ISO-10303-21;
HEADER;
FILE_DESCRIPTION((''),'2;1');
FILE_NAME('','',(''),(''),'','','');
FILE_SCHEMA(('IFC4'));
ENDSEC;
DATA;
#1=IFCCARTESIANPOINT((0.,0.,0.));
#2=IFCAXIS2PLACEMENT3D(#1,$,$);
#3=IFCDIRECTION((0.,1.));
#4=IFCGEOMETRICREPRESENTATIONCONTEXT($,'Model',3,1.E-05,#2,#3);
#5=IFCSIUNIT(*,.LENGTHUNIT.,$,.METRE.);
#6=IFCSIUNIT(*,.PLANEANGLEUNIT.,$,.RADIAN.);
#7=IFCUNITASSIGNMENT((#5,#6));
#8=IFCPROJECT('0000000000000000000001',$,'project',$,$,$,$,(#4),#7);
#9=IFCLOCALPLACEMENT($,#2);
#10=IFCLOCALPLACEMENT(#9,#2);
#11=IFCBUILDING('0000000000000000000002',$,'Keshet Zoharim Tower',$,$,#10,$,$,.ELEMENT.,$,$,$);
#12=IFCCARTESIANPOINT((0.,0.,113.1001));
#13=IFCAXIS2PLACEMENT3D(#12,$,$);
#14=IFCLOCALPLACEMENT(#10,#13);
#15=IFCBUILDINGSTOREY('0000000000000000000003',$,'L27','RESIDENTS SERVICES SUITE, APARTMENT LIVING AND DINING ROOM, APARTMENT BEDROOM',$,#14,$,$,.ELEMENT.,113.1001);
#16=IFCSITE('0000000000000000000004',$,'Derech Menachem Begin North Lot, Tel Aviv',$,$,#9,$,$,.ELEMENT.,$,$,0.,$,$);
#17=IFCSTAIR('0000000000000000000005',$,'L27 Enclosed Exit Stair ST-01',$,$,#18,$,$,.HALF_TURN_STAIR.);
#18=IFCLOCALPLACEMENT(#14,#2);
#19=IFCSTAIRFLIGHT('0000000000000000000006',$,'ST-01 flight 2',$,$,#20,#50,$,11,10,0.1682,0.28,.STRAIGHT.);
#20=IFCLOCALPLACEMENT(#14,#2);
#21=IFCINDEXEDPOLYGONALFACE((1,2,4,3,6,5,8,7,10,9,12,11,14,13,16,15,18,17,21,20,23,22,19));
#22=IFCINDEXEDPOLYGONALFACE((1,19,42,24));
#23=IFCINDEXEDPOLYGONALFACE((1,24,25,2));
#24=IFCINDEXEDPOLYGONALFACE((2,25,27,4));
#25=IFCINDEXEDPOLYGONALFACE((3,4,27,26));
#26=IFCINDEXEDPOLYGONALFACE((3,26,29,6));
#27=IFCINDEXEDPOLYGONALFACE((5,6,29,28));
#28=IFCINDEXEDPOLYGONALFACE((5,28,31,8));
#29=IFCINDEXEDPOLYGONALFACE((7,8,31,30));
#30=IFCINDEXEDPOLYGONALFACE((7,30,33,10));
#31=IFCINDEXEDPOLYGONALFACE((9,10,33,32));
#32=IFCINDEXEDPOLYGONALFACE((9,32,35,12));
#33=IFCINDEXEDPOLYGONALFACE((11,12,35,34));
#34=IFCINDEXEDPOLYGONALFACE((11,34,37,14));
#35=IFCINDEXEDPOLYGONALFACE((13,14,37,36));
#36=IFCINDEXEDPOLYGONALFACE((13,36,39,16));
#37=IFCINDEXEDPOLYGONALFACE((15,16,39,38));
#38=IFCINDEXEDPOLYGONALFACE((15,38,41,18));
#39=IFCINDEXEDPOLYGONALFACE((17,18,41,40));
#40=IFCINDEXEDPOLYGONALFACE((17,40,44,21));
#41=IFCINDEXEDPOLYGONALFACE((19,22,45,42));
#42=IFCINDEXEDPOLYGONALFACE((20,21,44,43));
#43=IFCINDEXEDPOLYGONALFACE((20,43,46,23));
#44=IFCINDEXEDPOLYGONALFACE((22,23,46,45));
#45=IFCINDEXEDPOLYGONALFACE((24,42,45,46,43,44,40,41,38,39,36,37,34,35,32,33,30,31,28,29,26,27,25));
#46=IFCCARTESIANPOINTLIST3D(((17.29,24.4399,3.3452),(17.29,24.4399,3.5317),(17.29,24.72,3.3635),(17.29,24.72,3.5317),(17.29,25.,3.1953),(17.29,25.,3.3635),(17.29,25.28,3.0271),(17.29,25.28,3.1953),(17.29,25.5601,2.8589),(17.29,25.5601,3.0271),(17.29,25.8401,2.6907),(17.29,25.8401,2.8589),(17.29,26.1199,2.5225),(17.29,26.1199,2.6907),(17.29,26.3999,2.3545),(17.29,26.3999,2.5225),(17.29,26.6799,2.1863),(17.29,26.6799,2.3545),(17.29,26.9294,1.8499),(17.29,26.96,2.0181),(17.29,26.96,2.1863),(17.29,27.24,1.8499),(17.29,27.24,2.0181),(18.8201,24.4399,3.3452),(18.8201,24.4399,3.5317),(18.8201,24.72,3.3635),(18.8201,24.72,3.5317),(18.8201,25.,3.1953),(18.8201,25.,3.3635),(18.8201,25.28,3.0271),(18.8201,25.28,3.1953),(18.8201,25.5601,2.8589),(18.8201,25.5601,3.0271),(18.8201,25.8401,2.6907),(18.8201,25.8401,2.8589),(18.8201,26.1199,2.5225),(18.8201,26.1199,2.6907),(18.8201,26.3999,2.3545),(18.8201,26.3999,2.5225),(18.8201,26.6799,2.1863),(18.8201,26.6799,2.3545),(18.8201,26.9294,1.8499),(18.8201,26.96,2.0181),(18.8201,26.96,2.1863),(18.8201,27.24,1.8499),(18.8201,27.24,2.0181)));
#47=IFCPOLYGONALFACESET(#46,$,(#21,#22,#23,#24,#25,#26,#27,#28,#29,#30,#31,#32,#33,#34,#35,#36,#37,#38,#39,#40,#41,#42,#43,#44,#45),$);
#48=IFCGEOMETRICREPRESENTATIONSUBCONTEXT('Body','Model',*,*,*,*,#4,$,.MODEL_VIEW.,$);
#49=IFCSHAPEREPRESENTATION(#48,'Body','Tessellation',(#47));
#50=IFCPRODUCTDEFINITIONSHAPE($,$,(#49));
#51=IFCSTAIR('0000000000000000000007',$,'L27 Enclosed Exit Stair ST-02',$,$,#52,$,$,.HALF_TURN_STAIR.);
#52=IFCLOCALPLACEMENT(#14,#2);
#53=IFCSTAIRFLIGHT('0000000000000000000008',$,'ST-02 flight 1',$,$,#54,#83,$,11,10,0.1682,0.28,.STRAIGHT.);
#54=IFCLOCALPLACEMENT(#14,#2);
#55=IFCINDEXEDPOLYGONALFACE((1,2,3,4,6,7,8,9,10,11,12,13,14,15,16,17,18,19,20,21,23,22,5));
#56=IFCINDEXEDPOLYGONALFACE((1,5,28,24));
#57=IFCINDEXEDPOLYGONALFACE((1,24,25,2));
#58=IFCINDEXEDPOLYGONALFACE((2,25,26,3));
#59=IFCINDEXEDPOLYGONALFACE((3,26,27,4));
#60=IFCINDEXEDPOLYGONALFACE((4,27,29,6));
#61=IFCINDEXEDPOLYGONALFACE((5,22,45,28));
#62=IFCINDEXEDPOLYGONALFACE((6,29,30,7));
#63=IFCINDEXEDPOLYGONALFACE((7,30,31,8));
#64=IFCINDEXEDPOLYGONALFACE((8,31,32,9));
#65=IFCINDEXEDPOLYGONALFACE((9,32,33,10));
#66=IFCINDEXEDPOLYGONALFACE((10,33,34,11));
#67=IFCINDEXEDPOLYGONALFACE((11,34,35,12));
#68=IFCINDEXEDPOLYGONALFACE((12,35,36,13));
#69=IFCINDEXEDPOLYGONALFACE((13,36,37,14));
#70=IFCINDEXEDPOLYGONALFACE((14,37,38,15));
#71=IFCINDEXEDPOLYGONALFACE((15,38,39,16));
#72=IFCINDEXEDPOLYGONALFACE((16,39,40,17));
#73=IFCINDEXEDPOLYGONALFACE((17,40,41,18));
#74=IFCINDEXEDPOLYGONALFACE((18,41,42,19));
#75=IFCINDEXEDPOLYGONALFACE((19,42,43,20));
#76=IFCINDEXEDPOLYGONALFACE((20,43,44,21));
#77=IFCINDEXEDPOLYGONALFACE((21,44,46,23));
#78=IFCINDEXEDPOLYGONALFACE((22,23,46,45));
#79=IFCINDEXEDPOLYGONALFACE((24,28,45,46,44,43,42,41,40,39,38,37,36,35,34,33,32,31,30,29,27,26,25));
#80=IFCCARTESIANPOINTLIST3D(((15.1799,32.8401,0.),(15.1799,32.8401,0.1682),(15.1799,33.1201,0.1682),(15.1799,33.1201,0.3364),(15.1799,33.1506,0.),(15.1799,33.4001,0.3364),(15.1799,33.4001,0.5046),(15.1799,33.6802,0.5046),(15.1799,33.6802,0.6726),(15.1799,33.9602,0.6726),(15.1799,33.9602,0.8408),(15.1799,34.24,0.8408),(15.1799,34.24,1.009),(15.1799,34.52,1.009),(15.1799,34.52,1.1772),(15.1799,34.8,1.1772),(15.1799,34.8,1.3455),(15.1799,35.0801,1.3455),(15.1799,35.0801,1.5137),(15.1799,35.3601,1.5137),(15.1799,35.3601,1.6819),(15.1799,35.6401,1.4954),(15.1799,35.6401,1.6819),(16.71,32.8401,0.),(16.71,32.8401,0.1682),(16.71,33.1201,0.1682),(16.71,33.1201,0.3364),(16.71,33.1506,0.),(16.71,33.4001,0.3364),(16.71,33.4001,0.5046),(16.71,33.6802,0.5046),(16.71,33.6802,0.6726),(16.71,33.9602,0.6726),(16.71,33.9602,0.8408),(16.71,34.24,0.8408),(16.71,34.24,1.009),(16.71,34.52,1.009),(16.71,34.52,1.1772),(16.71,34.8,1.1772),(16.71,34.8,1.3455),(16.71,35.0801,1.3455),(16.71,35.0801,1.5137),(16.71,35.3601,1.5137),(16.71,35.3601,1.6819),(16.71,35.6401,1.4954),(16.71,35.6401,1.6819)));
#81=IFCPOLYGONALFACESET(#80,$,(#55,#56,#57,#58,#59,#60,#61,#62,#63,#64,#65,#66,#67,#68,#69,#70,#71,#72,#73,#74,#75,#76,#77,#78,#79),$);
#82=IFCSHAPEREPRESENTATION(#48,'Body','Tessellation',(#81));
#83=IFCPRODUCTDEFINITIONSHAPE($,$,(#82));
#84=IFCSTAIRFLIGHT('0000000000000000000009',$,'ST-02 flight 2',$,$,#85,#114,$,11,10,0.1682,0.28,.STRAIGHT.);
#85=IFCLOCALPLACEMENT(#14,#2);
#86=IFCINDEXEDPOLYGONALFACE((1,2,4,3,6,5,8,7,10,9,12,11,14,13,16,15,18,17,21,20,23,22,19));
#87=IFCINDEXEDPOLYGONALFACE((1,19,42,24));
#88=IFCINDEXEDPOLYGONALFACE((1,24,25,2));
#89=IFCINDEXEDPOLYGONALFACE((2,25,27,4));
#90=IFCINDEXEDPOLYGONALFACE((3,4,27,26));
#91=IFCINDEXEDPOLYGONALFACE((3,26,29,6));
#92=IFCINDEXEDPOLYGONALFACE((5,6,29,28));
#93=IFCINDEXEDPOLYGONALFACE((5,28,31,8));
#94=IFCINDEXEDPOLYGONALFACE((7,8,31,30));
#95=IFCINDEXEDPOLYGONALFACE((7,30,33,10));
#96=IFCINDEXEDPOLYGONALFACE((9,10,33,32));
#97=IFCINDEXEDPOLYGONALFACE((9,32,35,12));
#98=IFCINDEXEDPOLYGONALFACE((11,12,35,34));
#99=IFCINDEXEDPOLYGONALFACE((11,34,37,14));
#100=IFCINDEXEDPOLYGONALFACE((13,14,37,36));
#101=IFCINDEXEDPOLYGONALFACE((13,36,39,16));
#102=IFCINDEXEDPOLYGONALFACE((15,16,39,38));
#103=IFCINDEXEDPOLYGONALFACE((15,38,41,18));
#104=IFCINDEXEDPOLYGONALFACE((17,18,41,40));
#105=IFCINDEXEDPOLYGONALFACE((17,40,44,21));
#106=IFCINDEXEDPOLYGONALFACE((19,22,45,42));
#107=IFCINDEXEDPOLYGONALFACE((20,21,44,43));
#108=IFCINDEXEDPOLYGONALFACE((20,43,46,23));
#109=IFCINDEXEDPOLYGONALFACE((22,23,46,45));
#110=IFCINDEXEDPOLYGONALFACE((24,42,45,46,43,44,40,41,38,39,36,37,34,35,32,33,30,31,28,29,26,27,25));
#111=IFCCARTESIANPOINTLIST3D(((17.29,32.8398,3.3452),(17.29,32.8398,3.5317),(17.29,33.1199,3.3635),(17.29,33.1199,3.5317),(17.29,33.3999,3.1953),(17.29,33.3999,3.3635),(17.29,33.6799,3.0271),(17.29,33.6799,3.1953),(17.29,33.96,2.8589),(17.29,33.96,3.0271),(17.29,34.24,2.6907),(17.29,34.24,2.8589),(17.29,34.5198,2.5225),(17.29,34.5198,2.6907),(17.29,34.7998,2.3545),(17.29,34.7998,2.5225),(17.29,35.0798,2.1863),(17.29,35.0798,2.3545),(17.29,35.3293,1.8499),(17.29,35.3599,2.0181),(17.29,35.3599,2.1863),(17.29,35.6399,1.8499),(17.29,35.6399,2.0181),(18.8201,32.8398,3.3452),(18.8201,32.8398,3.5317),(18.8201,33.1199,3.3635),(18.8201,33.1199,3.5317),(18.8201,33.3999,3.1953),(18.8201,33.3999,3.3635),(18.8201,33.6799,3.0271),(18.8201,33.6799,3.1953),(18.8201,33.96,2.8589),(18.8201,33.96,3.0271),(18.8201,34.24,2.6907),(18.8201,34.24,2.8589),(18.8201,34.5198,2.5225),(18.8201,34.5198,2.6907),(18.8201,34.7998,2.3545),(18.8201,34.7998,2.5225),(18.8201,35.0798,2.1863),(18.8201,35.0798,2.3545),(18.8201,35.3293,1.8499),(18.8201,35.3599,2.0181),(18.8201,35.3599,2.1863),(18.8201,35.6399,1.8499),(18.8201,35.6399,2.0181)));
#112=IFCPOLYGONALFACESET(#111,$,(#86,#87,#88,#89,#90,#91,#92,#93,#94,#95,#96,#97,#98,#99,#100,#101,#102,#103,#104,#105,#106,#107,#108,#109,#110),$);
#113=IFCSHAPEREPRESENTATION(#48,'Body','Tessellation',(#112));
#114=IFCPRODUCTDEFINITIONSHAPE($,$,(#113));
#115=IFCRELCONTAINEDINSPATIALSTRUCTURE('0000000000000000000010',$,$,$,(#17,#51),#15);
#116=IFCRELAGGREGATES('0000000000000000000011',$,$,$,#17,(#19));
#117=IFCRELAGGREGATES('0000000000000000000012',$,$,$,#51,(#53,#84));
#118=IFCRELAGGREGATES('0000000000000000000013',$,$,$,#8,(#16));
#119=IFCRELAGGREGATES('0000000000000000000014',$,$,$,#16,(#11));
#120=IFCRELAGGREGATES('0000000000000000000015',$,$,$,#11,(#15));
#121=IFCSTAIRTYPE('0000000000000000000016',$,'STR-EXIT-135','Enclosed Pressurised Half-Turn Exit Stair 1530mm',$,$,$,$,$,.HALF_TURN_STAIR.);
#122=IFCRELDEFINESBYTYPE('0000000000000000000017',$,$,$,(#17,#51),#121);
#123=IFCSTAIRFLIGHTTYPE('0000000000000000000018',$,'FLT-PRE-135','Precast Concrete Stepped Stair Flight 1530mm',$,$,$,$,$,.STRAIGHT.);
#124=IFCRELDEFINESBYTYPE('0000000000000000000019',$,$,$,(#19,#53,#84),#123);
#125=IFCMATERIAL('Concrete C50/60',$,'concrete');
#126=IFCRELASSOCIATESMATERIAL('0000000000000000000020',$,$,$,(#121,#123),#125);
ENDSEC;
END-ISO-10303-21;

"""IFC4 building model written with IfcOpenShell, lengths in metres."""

from ifc_helpers import new_model, si_unit, direction, frame, origin, place, context, subcontext, project, spatial, polyline, outline, extrude, material, type_object, element, aggregate, save


model = new_model("IFC4")

# Units and contexts
model_context = context("Model", 3, precision=1e-05, world=origin(), true_north=direction((0.0, 1.0)))
body_context = subcontext(model_context, "Body", "Model", "MODEL_VIEW")
ifc_project = project(units=[si_unit("LENGTHUNIT", "METRE"), si_unit("PLANEANGLEUNIT", "RADIAN")], contexts=[model_context])

# Site, building, storey
site_placement = place(None, origin())
site = spatial("IfcSite", under=ifc_project, at=site_placement, Name="Derech Menachem Begin North Lot, Tel Aviv", CompositionType="ELEMENT", RefElevation=0.0)
building_placement = place(site_placement, origin())
building = spatial("IfcBuilding", under=site, at=building_placement, Name="Keshet Zoharim Tower", CompositionType="ELEMENT")
storey_placement = place(building_placement, frame((0.0, 0.0, 113.1001)))
storey = spatial("IfcBuildingStorey", under=building, at=storey_placement, Name="L27", Description="RESIDENTS SERVICES SUITE, APARTMENT LIVING AND DINING ROOM, APARTMENT BEDROOM", CompositionType="ELEMENT", Elevation=113.1001)

# Shared definitions
ifc_material_1 = material(Name="Concrete C50/60", Category="concrete")

# Stair, stair flight
stair_type = type_object("IfcStairType", Name="STR-EXIT-135", Description="Enclosed Pressurised Half-Turn Exit Stair 1530mm", PredefinedType="HALF_TURN_STAIR", material=ifc_material_1)
stair_1_placement = place(storey_placement, origin())
stair_1 = element("IfcStair", 1, at=stair_1_placement, inside=storey, type_object=stair_type, Name="L27 Enclosed Exit Stair ST-01", PredefinedType="HALF_TURN_STAIR")
stair_flight_type = type_object("IfcStairFlightType", Name="FLT-PRE-135", Description="Precast Concrete Stepped Stair Flight 1530mm", PredefinedType="STRAIGHT", material=ifc_material_1)
stair_flight_1_placement = place(storey_placement, frame((18.0549, 27.24, 1.8499), z_axis=(0.0, 0.0, 1.0), x_axis=(0.0, -1.0, 0.0)))
stair_flight_1 = element("IfcStairFlight", 2, at=stair_flight_1_placement, type_object=stair_flight_type, Name="ST-01 flight 2", NumberOfRisers=11, NumberOfTreads=10, PredefinedType="STRAIGHT", RiserHeight=0.1682, TreadLength=0.28, context=body_context, shape_type="SweptSolid", body=[
    extrude(outline(polyline([(0.0, 0.0), (0.0, 0.1682), (0.28, 0.1682), (0.28, 0.3364), (0.5601, 0.3364), (0.5601, 0.5046), (0.8401, 0.5046), (0.8401, 0.6726), (1.1201, 0.6726), (1.1201, 0.8408), (1.3999, 0.8408), (1.3999, 1.009), (1.6799, 1.009), (1.6799, 1.1772), (1.96, 1.1772), (1.96, 1.3455), (2.24, 1.3455), (2.24, 1.5137), (2.52, 1.5137), (2.52, 1.6819), (2.8, 1.6819), (2.8, 1.8501), (2.8, 1.4954), (0.3105, 0.0), (0.0, 0.0)])), frame((0.0, 0.7651, 0.0), z_axis=(0.0, -1.0, 0.0), x_axis=(1.0, 0.0, 0.0)), (0.0, 0.0, 1.0), 1.53),
])
aggregate(stair_1, [stair_flight_1])

# Stair, stair flights
stair_2_placement = place(storey_placement, origin())
stair_2 = element("IfcStair", 3, at=stair_2_placement, inside=storey, type_object=stair_type, Name="L27 Enclosed Exit Stair ST-02", PredefinedType="HALF_TURN_STAIR")
stair_flight_2_placement = place(storey_placement, frame((15.9451, 32.8401, 0.0), z_axis=(0.0, 0.0, 1.0), x_axis=(0.0, 1.0, 0.0)))
stair_flight_2 = element("IfcStairFlight", 4, at=stair_flight_2_placement, type_object=stair_flight_type, Name="ST-02 flight 1", NumberOfRisers=11, NumberOfTreads=10, PredefinedType="STRAIGHT", RiserHeight=0.1682, TreadLength=0.28, context=body_context, shape_type="SweptSolid", body=[
    extrude(outline(polyline([(0.0, 0.0), (0.0, 0.1682), (0.28, 0.1682), (0.28, 0.3364), (0.5601, 0.3364), (0.5601, 0.5046), (0.8401, 0.5046), (0.8401, 0.6726), (1.1201, 0.6726), (1.1201, 0.8408), (1.3999, 0.8408), (1.3999, 1.009), (1.6799, 1.009), (1.6799, 1.1772), (1.96, 1.1772), (1.96, 1.3455), (2.24, 1.3455), (2.24, 1.5137), (2.52, 1.5137), (2.52, 1.6819), (2.8, 1.6819), (2.8, 1.8501), (2.8, 1.4954), (0.3105, 0.0), (0.0, 0.0)])), frame((0.0, 0.7651, 0.0), z_axis=(0.0, -1.0, 0.0), x_axis=(1.0, 0.0, 0.0)), (0.0, 0.0, 1.0), 1.53),
])
stair_flight_3_placement = place(storey_placement, frame((18.0549, 35.6399, 1.8499), z_axis=(0.0, 0.0, 1.0), x_axis=(0.0, -1.0, 0.0)))
stair_flight_3 = element("IfcStairFlight", 5, at=stair_flight_3_placement, type_object=stair_flight_type, Name="ST-02 flight 2", NumberOfRisers=11, NumberOfTreads=10, PredefinedType="STRAIGHT", RiserHeight=0.1682, TreadLength=0.28, context=body_context, shape_type="SweptSolid", body=[
    extrude(outline(polyline([(0.0, 0.0), (0.0, 0.1682), (0.28, 0.1682), (0.28, 0.3364), (0.5601, 0.3364), (0.5601, 0.5046), (0.8401, 0.5046), (0.8401, 0.6726), (1.1201, 0.6726), (1.1201, 0.8408), (1.3999, 0.8408), (1.3999, 1.009), (1.6799, 1.009), (1.6799, 1.1772), (1.96, 1.1772), (1.96, 1.3455), (2.24, 1.3455), (2.24, 1.5137), (2.52, 1.5137), (2.52, 1.6819), (2.8, 1.6819), (2.8, 1.8501), (2.8, 1.4954), (0.3105, 0.0), (0.0, 0.0)])), frame((0.0, 0.7651, 0.0), z_axis=(0.0, -1.0, 0.0), x_axis=(1.0, 0.0, 0.0)), (0.0, 0.0, 1.0), 1.53),
])
aggregate(stair_2, [stair_flight_2, stair_flight_3])

save(model, "model.ifc")
